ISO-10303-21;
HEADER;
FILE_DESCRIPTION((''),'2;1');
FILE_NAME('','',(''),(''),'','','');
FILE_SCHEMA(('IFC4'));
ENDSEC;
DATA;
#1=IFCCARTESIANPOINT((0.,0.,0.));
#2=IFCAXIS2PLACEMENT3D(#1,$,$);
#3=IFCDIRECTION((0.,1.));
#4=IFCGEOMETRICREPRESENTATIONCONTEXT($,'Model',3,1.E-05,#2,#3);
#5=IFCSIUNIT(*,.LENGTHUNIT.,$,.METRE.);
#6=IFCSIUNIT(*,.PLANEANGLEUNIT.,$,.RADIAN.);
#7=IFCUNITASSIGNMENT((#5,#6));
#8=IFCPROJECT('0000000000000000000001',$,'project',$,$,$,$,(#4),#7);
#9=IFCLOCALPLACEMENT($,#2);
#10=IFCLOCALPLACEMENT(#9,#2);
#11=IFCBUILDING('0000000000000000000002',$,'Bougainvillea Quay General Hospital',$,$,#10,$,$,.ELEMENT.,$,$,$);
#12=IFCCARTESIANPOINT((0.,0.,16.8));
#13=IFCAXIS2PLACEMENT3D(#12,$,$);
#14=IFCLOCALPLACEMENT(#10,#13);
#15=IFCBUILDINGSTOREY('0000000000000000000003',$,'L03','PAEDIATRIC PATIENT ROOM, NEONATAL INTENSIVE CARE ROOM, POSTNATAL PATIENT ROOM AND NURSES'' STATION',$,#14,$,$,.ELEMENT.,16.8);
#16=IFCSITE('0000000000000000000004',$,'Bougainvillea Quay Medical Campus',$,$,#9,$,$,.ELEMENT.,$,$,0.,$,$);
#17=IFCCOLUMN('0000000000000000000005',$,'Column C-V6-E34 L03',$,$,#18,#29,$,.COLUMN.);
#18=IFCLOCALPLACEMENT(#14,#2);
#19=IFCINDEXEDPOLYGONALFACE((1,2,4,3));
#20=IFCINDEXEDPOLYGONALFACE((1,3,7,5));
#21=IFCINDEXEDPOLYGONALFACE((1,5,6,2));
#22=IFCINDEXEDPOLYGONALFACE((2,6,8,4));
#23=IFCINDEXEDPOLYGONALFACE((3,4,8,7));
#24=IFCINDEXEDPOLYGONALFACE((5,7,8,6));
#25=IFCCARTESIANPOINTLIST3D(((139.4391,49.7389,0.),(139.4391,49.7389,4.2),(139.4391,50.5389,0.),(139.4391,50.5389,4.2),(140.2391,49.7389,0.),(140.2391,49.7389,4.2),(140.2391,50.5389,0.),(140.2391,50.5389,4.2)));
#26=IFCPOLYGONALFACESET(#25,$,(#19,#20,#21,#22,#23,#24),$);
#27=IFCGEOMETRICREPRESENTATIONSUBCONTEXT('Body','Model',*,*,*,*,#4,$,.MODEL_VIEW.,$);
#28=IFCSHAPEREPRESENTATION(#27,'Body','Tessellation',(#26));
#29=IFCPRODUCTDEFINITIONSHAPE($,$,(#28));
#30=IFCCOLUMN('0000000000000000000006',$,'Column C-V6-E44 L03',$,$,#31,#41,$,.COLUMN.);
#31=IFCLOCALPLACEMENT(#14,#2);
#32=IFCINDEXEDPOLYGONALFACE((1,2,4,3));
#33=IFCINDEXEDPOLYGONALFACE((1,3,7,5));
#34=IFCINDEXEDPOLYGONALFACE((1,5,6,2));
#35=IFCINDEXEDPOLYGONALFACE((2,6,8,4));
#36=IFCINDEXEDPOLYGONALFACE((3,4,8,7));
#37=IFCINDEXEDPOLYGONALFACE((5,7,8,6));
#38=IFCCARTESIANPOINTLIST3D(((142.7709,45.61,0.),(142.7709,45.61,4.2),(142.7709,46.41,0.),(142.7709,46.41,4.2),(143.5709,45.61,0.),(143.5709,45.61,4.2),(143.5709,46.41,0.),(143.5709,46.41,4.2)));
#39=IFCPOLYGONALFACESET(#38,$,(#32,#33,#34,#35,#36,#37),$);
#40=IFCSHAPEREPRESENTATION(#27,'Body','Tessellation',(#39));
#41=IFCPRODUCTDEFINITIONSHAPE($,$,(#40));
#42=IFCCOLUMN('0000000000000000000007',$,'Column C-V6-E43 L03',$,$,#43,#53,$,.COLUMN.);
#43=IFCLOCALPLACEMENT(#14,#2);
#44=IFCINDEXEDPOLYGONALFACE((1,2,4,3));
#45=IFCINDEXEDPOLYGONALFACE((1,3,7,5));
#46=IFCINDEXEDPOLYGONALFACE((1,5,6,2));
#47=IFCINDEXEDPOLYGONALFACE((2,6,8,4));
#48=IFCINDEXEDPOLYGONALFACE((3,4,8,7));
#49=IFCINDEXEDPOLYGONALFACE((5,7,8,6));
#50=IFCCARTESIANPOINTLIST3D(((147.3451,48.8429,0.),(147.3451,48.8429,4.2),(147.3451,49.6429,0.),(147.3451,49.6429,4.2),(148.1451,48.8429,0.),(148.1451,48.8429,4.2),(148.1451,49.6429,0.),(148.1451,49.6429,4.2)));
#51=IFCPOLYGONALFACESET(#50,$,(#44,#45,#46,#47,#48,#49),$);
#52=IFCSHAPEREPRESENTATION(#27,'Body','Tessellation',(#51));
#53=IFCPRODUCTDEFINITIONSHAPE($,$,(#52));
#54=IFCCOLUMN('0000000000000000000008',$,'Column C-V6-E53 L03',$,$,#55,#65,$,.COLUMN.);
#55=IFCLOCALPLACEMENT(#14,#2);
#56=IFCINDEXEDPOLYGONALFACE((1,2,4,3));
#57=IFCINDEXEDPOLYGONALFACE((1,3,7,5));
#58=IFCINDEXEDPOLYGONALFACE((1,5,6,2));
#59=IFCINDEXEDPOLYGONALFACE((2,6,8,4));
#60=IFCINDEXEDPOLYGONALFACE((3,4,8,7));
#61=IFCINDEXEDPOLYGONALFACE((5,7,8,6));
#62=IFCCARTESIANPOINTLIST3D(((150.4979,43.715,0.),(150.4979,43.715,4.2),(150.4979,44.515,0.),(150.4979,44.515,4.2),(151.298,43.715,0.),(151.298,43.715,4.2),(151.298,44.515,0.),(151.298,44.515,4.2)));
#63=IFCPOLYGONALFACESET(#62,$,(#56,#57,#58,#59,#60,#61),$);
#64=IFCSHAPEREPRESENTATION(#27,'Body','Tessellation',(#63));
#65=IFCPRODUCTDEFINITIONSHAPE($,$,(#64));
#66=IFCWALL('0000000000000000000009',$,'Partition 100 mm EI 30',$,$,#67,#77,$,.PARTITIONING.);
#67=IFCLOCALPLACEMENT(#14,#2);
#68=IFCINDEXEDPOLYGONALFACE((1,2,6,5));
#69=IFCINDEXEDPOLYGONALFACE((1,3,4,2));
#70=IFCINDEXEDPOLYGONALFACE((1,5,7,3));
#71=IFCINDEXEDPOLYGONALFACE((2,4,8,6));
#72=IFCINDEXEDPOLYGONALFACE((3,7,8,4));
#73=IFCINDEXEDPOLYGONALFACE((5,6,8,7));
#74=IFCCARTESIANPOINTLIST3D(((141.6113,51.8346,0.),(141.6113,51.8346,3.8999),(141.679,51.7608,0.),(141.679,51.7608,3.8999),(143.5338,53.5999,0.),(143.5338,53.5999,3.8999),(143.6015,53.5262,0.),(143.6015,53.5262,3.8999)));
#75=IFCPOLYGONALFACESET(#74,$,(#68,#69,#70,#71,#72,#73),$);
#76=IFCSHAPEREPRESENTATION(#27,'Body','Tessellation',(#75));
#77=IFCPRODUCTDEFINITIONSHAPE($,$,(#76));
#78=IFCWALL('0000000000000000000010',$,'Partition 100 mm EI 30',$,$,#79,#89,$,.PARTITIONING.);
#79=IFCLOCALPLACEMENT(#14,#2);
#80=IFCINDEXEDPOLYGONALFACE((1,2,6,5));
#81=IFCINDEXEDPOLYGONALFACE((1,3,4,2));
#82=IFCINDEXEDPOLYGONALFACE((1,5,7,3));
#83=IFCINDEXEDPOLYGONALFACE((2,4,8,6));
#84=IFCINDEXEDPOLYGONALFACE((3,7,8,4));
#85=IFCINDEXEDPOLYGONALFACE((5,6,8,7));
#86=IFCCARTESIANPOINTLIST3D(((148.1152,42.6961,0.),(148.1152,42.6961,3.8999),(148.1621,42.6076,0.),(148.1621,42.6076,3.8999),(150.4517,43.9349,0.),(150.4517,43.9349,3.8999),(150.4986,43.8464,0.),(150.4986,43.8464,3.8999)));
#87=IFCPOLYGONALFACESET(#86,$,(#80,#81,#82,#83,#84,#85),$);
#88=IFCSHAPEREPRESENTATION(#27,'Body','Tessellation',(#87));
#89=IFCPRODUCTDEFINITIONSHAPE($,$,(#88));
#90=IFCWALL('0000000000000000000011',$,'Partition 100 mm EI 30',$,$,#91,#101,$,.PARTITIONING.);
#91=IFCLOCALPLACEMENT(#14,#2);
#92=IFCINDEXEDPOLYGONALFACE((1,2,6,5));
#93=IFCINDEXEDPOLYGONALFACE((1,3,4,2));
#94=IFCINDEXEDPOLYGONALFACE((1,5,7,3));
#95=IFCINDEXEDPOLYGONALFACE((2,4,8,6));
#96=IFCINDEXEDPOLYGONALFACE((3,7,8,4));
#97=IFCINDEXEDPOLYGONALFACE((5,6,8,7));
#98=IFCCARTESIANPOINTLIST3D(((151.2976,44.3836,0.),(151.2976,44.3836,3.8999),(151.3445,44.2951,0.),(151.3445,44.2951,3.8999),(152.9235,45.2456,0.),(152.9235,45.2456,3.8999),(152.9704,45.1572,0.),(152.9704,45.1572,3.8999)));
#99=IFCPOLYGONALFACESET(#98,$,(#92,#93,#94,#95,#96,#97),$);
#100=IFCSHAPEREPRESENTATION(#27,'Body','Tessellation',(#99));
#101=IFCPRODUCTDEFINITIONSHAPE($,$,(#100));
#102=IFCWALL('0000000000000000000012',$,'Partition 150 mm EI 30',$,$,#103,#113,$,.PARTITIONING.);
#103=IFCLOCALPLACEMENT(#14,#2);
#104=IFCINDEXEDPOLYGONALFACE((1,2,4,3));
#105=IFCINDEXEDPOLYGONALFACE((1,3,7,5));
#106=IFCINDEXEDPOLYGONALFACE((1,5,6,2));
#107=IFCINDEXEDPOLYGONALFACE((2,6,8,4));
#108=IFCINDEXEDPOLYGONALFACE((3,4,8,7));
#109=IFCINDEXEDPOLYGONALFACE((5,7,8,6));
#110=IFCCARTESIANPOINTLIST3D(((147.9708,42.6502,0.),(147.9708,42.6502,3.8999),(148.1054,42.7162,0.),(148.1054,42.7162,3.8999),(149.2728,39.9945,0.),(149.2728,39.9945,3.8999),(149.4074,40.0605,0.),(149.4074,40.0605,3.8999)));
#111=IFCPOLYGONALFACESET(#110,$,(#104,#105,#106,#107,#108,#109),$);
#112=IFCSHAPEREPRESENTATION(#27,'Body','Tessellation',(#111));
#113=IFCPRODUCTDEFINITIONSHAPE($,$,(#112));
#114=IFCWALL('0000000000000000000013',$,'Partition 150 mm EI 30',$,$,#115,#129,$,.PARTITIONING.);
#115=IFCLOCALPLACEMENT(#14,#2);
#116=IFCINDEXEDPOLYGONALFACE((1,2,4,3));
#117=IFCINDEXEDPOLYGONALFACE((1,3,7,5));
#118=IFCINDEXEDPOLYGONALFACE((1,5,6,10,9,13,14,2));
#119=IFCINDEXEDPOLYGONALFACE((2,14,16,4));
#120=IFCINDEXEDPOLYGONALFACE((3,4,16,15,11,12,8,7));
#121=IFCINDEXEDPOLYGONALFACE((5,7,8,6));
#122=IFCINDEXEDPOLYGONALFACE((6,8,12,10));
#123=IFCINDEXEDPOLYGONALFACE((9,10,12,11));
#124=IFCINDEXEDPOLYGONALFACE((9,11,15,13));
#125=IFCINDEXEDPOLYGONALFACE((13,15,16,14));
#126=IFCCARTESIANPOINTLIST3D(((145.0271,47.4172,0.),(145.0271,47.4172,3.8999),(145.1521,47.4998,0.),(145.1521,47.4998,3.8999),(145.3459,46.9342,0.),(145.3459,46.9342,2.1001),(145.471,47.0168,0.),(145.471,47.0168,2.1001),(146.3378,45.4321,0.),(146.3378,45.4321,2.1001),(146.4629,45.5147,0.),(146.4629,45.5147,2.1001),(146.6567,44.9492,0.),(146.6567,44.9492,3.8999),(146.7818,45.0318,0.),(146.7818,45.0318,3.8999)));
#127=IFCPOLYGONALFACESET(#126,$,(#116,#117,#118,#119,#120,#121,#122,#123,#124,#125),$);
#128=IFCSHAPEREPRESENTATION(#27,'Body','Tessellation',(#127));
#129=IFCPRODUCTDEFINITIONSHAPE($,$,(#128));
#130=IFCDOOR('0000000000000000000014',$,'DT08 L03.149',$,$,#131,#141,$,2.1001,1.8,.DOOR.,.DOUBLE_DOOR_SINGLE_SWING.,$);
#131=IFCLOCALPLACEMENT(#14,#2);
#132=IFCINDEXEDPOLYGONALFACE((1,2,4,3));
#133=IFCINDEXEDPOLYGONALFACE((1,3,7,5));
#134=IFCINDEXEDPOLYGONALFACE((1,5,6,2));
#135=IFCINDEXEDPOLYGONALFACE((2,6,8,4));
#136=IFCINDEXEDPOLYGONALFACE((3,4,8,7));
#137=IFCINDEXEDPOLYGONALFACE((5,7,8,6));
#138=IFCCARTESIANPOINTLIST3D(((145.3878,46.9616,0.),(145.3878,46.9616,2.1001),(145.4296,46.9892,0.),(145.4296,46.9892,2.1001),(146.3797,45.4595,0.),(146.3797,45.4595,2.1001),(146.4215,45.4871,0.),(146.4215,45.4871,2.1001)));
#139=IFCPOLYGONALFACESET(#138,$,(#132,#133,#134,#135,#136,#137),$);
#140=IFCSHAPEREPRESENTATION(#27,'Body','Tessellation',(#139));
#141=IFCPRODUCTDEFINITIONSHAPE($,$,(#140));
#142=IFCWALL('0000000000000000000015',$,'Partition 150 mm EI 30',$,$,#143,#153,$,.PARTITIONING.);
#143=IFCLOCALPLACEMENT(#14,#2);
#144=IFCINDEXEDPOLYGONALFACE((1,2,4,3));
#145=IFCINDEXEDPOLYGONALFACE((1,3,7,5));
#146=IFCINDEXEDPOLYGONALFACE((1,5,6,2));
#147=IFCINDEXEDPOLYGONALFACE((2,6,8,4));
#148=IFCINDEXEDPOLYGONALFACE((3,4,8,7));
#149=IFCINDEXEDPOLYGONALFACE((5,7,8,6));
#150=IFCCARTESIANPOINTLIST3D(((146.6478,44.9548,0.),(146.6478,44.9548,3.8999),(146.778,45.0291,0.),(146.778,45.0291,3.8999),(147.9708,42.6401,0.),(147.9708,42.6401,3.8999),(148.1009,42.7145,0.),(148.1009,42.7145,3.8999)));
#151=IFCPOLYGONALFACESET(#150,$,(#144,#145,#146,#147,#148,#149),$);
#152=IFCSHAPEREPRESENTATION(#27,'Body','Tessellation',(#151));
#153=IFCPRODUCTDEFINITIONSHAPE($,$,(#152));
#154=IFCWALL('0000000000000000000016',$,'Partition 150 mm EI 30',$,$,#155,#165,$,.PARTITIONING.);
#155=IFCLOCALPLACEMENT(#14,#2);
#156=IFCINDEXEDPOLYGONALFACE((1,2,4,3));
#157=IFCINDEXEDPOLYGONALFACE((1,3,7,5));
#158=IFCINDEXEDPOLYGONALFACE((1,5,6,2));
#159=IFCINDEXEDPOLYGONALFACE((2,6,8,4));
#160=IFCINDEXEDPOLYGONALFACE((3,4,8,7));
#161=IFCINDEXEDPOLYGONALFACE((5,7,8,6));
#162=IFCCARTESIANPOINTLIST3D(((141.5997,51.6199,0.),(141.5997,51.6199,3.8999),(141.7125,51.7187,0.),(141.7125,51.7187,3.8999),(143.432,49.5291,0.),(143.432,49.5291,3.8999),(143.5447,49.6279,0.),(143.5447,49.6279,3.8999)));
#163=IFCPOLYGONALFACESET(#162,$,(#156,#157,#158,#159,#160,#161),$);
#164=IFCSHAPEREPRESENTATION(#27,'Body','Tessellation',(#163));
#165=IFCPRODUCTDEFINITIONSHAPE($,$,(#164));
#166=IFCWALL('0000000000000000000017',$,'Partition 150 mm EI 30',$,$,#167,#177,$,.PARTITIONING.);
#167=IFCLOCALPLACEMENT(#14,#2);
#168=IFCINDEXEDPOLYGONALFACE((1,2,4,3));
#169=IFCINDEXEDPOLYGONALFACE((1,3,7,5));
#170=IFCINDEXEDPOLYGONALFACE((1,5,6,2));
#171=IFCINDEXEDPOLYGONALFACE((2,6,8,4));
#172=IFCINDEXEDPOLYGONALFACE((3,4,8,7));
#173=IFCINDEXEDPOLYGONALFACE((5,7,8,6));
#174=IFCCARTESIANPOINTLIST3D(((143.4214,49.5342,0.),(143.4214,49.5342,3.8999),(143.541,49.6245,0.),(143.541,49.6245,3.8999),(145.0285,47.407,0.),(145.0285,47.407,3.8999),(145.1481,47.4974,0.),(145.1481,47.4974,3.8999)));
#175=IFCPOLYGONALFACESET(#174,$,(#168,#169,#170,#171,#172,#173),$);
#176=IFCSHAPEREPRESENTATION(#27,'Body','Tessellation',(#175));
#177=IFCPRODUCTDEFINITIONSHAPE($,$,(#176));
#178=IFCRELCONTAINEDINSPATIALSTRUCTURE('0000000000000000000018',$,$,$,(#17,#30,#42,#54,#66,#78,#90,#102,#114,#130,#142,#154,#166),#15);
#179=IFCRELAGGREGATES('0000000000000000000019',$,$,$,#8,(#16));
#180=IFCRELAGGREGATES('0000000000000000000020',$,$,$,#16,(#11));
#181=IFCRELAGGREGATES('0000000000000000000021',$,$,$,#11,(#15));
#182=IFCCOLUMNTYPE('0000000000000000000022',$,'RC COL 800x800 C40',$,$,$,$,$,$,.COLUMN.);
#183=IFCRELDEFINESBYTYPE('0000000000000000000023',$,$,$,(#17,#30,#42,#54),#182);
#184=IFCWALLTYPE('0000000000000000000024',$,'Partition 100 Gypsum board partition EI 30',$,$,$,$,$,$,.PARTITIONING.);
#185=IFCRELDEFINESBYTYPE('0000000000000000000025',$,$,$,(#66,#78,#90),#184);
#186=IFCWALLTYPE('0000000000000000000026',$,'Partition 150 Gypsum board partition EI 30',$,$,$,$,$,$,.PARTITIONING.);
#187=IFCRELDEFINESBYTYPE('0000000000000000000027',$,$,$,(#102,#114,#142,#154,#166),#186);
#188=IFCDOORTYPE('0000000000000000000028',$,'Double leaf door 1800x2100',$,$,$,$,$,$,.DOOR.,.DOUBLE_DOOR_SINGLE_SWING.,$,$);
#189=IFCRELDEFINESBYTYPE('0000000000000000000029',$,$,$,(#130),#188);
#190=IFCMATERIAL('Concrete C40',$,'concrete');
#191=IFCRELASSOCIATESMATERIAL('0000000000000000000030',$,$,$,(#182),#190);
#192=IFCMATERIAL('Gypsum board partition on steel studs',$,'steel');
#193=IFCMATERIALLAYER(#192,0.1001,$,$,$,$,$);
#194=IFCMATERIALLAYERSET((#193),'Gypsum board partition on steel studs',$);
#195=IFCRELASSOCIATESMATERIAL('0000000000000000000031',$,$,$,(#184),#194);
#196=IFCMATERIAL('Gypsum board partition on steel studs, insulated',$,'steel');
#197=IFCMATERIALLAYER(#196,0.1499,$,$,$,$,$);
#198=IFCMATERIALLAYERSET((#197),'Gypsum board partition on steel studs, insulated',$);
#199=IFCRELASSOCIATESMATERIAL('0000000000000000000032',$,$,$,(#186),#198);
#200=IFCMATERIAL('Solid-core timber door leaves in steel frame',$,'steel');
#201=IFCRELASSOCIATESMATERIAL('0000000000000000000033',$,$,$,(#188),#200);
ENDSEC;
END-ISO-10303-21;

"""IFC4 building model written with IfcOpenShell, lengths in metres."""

from ifc_helpers import new_model, si_unit, direction, frame, frame_2d, origin, origin_2d, place, context, subcontext, project, spatial, rectangle, extrude, material, layer, layer_set, material_profile, profile_set, type_object, element, fill, save


model = new_model("IFC4")

# Units and contexts
model_context = context("Model", 3, precision=1e-05, world=origin(), true_north=direction((0.0, 1.0)))
body_context = subcontext(model_context, "Body", "Model", "MODEL_VIEW")
ifc_project = project(units=[si_unit("LENGTHUNIT", "METRE"), si_unit("PLANEANGLEUNIT", "RADIAN")], contexts=[model_context])

# Site, building, storey
site_placement = place(None, origin())
site = spatial("IfcSite", under=ifc_project, at=site_placement, Name="Bougainvillea Quay Medical Campus", CompositionType="ELEMENT", RefElevation=0.0)
building_placement = place(site_placement, origin())
building = spatial("IfcBuilding", under=site, at=building_placement, Name="Bougainvillea Quay General Hospital", CompositionType="ELEMENT")
storey_placement = place(building_placement, frame((0.0, 0.0, 16.8)))
storey = spatial("IfcBuildingStorey", under=building, at=storey_placement, Name="L03", Description="PAEDIATRIC PATIENT ROOM, NEONATAL INTENSIVE CARE ROOM, POSTNATAL PATIENT ROOM AND NURSES' STATION", CompositionType="ELEMENT", Elevation=16.8)

# Columns
ifc_material_1 = material(Name="Concrete C40", Category="concrete")
ifc_material_profile = material_profile(ifc_material_1, rectangle(XDim=0.8, YDim=0.8, at=origin_2d()))
ifc_profile_set = profile_set([ifc_material_profile], Name="Concrete C40")
column_type = type_object("IfcColumnType", Name="RC COL 800x800 C40", PredefinedType="COLUMN", material=ifc_profile_set)
for number, where, z_axis, x_axis, name in (
    (1, (139.8391, 50.1389, 0.0), (0.0, 0.0, 1.0), (1.0, 0.0, 0.0), "Column C-V6-E34 L03"),
    (2, (143.1709, 46.01, 0.0), (0.0, 0.0, 1.0), (1.0, 0.0, 0.0), "Column C-V6-E44 L03"),
    (3, (147.7451, 49.2429, 0.0), (0.0, 0.0, 1.0), (1.0, 0.0, 0.0), "Column C-V6-E43 L03"),
    (4, (150.8979, 44.115, 0.0), (0.0, 0.0, 1.0), (1.0, 0.0, 0.0), "Column C-V6-E53 L03"),
):
    element("IfcColumn", number, at=place(storey_placement, frame(where, z_axis=z_axis, x_axis=x_axis)), inside=storey, type_object=column_type, Name=name, PredefinedType="COLUMN", context=body_context, shape_type="SweptSolid", body=[
        extrude(rectangle(XDim=0.8, YDim=0.8, at=origin_2d()), origin(), (0.0, 0.0, 1.0), 4.2),
    ])

# Walls
ifc_material_2 = material(Name="Gypsum board partition on steel studs", Category="steel")
ifc_layer_1 = layer(ifc_material_2, 0.1001)
ifc_layer_set_1 = layer_set([ifc_layer_1], Name="Gypsum board partition on steel studs")
wall_type_1 = type_object("IfcWallType", Name="Partition 100 Gypsum board partition EI 30", PredefinedType="PARTITIONING", material=ifc_layer_set_1)
wall_1_placement = place(storey_placement, frame((141.645, 51.7976, 0.0), z_axis=(0.0, 0.0, 1.0), x_axis=(0.736583, 0.676347, 0.0)))
element("IfcWall", 5, at=wall_1_placement, inside=storey, type_object=wall_type_1, Name="Partition 100 mm EI 30", PredefinedType="PARTITIONING", context=body_context, shape_type="SweptSolid", body=[
    extrude(rectangle(XDim=2.6101, YDim=0.1001, at=frame_2d((1.3052, 0.0))), origin(), (0.0, 0.0, 1.0), 3.8999),
])
wall_2_placement = place(storey_placement, frame((148.1387, 42.6519, 0.0), z_axis=(0.0, 0.0, 1.0), x_axis=(0.8835, 0.468431, 0.0)))
element("IfcWall", 6, at=wall_2_placement, inside=storey, type_object=wall_type_1, Name="Partition 100 mm EI 30", PredefinedType="PARTITIONING", context=body_context, shape_type="SweptSolid", body=[
    extrude(rectangle(XDim=2.6445, YDim=0.1001, at=frame_2d((1.3223, 0.0))), origin(), (0.0, 0.0, 1.0), 3.8999),
])
wall_3_placement = place(storey_placement, frame((151.321, 44.3394, 0.0), z_axis=(0.0, 0.0, 1.0), x_axis=(0.883507, 0.468418, 0.0)))
element("IfcWall", 7, at=wall_3_placement, inside=storey, type_object=wall_type_1, Name="Partition 100 mm EI 30", PredefinedType="PARTITIONING", context=body_context, shape_type="SweptSolid", body=[
    extrude(rectangle(XDim=1.8403, YDim=0.1001, at=frame_2d((0.9202, 0.0))), origin(), (0.0, 0.0, 1.0), 3.8999),
])
ifc_material_3 = material(Name="Gypsum board partition on steel studs, insulated", Category="steel")
ifc_layer_2 = layer(ifc_material_3, 0.1499)
ifc_layer_set_2 = layer_set([ifc_layer_2], Name="Gypsum board partition on steel studs, insulated")
wall_type_2 = type_object("IfcWallType", Name="Partition 150 Gypsum board partition EI 30", PredefinedType="PARTITIONING", material=ifc_layer_set_2)
wall_4_placement = place(storey_placement, frame((148.0381, 42.6833, 0.0), z_axis=(0.0, 0.0, 1.0), x_axis=(0.4402, -0.8979, 0.0)))
element("IfcWall", 8, at=wall_4_placement, inside=storey, type_object=wall_type_2, Name="Partition 150 mm EI 30", PredefinedType="PARTITIONING", context=body_context, shape_type="SweptSolid", body=[
    extrude(rectangle(XDim=2.9578, YDim=0.1499, at=frame_2d((1.479, 0.0))), origin(), (0.0, 0.0, 1.0), 3.8999),
])

# Wall, opening, door
wall_5_placement = place(storey_placement, frame((145.0896, 47.4585, 0.0), z_axis=(0.0, 0.0, 1.0), x_axis=(0.551018, -0.834493, 0.0)))
wall_5 = element("IfcWall", 9, at=wall_5_placement, inside=storey, type_object=wall_type_2, Name="Partition 150 mm EI 30", PredefinedType="PARTITIONING", context=body_context, shape_type="SweptSolid", body=[
    extrude(rectangle(XDim=2.9575, YDim=0.1499, at=frame_2d((1.4788, 0.0))), origin(), (0.0, 0.0, 1.0), 3.8999),
])
opening_1_placement = place(wall_5_placement, frame((0.5789, 0.0, 0.0)))
opening_1 = element("IfcOpeningElement", 10, at=opening_1_placement, cuts=wall_5, PredefinedType="OPENING", context=body_context, shape_type="SweptSolid", body=[
    extrude(rectangle(XDim=1.8, YDim=2.1001, at=frame_2d((0.8999, 1.05))), frame((0.0, 0.085, 0.0), z_axis=(0.0, -1.0, 0.0), x_axis=(1.0, 0.0, 0.0)), (0.0, 0.0, 1.0), 0.1699),
])
ifc_material_4 = material(Name="Solid-core timber door leaves in steel frame", Category="steel")
door_type_1 = type_object("IfcDoorType", Name="Double leaf door 1800x2100", OperationType="DOUBLE_DOOR_SINGLE_SWING", PredefinedType="DOOR", material=ifc_material_4)
door_1_placement = place(opening_1_placement, frame((1.8, 0.0, 0.0), z_axis=(0.0, 0.0, 1.0), x_axis=(-1.0, 0.0, 0.0)))
door_1 = element("IfcDoor", 11, at=door_1_placement, inside=storey, type_object=door_type_1, Name="DT08 L03.149", OperationType="DOUBLE_DOOR_SINGLE_SWING", OverallHeight=2.1001, OverallWidth=1.8, PredefinedType="DOOR", context=body_context, shape_type="SweptSolid", body=[
    extrude(rectangle(XDim=1.8, YDim=2.1001, at=frame_2d((0.8999, 1.05))), frame((0.0, 0.0249, 0.0), z_axis=(0.0, -1.0, 0.0), x_axis=(1.0, 0.0, 0.0)), (0.0, 0.0, 1.0), 0.05),
])
fill(opening_1, door_1)

# Walls
wall_6_placement = place(storey_placement, frame((146.7129, 44.9919, 0.0), z_axis=(0.0, 0.0, 1.0), x_axis=(0.496228, -0.868192, 0.0)))
element("IfcWall", 12, at=wall_6_placement, inside=storey, type_object=wall_type_2, Name="Partition 150 mm EI 30", PredefinedType="PARTITIONING", context=body_context, shape_type="SweptSolid", body=[
    extrude(rectangle(XDim=2.666, YDim=0.1499, at=frame_2d((1.333, 0.0))), origin(), (0.0, 0.0, 1.0), 3.8999),
])
wall_7_placement = place(storey_placement, frame((141.656, 51.6694, 0.0), z_axis=(0.0, 0.0, 1.0), x_axis=(0.659076, -0.752076, 0.0)))
element("IfcWall", 13, at=wall_7_placement, inside=storey, type_object=wall_type_2, Name="Partition 150 mm EI 30", PredefinedType="PARTITIONING", context=body_context, shape_type="SweptSolid", body=[
    extrude(rectangle(XDim=2.78, YDim=0.1499, at=frame_2d((1.3901, 0.0))), origin(), (0.0, 0.0, 1.0), 3.8999),
])
wall_8_placement = place(storey_placement, frame((143.4812, 49.5793, 0.0), z_axis=(0.0, 0.0, 1.0), x_axis=(0.602824, -0.797874, 0.0)))
element("IfcWall", 14, at=wall_8_placement, inside=storey, type_object=wall_type_2, Name="Partition 150 mm EI 30", PredefinedType="PARTITIONING", context=body_context, shape_type="SweptSolid", body=[
    extrude(rectangle(XDim=2.666, YDim=0.1499, at=frame_2d((1.333, 0.0))), origin(), (0.0, 0.0, 1.0), 3.8999),
])

save(model, "model.ifc")
